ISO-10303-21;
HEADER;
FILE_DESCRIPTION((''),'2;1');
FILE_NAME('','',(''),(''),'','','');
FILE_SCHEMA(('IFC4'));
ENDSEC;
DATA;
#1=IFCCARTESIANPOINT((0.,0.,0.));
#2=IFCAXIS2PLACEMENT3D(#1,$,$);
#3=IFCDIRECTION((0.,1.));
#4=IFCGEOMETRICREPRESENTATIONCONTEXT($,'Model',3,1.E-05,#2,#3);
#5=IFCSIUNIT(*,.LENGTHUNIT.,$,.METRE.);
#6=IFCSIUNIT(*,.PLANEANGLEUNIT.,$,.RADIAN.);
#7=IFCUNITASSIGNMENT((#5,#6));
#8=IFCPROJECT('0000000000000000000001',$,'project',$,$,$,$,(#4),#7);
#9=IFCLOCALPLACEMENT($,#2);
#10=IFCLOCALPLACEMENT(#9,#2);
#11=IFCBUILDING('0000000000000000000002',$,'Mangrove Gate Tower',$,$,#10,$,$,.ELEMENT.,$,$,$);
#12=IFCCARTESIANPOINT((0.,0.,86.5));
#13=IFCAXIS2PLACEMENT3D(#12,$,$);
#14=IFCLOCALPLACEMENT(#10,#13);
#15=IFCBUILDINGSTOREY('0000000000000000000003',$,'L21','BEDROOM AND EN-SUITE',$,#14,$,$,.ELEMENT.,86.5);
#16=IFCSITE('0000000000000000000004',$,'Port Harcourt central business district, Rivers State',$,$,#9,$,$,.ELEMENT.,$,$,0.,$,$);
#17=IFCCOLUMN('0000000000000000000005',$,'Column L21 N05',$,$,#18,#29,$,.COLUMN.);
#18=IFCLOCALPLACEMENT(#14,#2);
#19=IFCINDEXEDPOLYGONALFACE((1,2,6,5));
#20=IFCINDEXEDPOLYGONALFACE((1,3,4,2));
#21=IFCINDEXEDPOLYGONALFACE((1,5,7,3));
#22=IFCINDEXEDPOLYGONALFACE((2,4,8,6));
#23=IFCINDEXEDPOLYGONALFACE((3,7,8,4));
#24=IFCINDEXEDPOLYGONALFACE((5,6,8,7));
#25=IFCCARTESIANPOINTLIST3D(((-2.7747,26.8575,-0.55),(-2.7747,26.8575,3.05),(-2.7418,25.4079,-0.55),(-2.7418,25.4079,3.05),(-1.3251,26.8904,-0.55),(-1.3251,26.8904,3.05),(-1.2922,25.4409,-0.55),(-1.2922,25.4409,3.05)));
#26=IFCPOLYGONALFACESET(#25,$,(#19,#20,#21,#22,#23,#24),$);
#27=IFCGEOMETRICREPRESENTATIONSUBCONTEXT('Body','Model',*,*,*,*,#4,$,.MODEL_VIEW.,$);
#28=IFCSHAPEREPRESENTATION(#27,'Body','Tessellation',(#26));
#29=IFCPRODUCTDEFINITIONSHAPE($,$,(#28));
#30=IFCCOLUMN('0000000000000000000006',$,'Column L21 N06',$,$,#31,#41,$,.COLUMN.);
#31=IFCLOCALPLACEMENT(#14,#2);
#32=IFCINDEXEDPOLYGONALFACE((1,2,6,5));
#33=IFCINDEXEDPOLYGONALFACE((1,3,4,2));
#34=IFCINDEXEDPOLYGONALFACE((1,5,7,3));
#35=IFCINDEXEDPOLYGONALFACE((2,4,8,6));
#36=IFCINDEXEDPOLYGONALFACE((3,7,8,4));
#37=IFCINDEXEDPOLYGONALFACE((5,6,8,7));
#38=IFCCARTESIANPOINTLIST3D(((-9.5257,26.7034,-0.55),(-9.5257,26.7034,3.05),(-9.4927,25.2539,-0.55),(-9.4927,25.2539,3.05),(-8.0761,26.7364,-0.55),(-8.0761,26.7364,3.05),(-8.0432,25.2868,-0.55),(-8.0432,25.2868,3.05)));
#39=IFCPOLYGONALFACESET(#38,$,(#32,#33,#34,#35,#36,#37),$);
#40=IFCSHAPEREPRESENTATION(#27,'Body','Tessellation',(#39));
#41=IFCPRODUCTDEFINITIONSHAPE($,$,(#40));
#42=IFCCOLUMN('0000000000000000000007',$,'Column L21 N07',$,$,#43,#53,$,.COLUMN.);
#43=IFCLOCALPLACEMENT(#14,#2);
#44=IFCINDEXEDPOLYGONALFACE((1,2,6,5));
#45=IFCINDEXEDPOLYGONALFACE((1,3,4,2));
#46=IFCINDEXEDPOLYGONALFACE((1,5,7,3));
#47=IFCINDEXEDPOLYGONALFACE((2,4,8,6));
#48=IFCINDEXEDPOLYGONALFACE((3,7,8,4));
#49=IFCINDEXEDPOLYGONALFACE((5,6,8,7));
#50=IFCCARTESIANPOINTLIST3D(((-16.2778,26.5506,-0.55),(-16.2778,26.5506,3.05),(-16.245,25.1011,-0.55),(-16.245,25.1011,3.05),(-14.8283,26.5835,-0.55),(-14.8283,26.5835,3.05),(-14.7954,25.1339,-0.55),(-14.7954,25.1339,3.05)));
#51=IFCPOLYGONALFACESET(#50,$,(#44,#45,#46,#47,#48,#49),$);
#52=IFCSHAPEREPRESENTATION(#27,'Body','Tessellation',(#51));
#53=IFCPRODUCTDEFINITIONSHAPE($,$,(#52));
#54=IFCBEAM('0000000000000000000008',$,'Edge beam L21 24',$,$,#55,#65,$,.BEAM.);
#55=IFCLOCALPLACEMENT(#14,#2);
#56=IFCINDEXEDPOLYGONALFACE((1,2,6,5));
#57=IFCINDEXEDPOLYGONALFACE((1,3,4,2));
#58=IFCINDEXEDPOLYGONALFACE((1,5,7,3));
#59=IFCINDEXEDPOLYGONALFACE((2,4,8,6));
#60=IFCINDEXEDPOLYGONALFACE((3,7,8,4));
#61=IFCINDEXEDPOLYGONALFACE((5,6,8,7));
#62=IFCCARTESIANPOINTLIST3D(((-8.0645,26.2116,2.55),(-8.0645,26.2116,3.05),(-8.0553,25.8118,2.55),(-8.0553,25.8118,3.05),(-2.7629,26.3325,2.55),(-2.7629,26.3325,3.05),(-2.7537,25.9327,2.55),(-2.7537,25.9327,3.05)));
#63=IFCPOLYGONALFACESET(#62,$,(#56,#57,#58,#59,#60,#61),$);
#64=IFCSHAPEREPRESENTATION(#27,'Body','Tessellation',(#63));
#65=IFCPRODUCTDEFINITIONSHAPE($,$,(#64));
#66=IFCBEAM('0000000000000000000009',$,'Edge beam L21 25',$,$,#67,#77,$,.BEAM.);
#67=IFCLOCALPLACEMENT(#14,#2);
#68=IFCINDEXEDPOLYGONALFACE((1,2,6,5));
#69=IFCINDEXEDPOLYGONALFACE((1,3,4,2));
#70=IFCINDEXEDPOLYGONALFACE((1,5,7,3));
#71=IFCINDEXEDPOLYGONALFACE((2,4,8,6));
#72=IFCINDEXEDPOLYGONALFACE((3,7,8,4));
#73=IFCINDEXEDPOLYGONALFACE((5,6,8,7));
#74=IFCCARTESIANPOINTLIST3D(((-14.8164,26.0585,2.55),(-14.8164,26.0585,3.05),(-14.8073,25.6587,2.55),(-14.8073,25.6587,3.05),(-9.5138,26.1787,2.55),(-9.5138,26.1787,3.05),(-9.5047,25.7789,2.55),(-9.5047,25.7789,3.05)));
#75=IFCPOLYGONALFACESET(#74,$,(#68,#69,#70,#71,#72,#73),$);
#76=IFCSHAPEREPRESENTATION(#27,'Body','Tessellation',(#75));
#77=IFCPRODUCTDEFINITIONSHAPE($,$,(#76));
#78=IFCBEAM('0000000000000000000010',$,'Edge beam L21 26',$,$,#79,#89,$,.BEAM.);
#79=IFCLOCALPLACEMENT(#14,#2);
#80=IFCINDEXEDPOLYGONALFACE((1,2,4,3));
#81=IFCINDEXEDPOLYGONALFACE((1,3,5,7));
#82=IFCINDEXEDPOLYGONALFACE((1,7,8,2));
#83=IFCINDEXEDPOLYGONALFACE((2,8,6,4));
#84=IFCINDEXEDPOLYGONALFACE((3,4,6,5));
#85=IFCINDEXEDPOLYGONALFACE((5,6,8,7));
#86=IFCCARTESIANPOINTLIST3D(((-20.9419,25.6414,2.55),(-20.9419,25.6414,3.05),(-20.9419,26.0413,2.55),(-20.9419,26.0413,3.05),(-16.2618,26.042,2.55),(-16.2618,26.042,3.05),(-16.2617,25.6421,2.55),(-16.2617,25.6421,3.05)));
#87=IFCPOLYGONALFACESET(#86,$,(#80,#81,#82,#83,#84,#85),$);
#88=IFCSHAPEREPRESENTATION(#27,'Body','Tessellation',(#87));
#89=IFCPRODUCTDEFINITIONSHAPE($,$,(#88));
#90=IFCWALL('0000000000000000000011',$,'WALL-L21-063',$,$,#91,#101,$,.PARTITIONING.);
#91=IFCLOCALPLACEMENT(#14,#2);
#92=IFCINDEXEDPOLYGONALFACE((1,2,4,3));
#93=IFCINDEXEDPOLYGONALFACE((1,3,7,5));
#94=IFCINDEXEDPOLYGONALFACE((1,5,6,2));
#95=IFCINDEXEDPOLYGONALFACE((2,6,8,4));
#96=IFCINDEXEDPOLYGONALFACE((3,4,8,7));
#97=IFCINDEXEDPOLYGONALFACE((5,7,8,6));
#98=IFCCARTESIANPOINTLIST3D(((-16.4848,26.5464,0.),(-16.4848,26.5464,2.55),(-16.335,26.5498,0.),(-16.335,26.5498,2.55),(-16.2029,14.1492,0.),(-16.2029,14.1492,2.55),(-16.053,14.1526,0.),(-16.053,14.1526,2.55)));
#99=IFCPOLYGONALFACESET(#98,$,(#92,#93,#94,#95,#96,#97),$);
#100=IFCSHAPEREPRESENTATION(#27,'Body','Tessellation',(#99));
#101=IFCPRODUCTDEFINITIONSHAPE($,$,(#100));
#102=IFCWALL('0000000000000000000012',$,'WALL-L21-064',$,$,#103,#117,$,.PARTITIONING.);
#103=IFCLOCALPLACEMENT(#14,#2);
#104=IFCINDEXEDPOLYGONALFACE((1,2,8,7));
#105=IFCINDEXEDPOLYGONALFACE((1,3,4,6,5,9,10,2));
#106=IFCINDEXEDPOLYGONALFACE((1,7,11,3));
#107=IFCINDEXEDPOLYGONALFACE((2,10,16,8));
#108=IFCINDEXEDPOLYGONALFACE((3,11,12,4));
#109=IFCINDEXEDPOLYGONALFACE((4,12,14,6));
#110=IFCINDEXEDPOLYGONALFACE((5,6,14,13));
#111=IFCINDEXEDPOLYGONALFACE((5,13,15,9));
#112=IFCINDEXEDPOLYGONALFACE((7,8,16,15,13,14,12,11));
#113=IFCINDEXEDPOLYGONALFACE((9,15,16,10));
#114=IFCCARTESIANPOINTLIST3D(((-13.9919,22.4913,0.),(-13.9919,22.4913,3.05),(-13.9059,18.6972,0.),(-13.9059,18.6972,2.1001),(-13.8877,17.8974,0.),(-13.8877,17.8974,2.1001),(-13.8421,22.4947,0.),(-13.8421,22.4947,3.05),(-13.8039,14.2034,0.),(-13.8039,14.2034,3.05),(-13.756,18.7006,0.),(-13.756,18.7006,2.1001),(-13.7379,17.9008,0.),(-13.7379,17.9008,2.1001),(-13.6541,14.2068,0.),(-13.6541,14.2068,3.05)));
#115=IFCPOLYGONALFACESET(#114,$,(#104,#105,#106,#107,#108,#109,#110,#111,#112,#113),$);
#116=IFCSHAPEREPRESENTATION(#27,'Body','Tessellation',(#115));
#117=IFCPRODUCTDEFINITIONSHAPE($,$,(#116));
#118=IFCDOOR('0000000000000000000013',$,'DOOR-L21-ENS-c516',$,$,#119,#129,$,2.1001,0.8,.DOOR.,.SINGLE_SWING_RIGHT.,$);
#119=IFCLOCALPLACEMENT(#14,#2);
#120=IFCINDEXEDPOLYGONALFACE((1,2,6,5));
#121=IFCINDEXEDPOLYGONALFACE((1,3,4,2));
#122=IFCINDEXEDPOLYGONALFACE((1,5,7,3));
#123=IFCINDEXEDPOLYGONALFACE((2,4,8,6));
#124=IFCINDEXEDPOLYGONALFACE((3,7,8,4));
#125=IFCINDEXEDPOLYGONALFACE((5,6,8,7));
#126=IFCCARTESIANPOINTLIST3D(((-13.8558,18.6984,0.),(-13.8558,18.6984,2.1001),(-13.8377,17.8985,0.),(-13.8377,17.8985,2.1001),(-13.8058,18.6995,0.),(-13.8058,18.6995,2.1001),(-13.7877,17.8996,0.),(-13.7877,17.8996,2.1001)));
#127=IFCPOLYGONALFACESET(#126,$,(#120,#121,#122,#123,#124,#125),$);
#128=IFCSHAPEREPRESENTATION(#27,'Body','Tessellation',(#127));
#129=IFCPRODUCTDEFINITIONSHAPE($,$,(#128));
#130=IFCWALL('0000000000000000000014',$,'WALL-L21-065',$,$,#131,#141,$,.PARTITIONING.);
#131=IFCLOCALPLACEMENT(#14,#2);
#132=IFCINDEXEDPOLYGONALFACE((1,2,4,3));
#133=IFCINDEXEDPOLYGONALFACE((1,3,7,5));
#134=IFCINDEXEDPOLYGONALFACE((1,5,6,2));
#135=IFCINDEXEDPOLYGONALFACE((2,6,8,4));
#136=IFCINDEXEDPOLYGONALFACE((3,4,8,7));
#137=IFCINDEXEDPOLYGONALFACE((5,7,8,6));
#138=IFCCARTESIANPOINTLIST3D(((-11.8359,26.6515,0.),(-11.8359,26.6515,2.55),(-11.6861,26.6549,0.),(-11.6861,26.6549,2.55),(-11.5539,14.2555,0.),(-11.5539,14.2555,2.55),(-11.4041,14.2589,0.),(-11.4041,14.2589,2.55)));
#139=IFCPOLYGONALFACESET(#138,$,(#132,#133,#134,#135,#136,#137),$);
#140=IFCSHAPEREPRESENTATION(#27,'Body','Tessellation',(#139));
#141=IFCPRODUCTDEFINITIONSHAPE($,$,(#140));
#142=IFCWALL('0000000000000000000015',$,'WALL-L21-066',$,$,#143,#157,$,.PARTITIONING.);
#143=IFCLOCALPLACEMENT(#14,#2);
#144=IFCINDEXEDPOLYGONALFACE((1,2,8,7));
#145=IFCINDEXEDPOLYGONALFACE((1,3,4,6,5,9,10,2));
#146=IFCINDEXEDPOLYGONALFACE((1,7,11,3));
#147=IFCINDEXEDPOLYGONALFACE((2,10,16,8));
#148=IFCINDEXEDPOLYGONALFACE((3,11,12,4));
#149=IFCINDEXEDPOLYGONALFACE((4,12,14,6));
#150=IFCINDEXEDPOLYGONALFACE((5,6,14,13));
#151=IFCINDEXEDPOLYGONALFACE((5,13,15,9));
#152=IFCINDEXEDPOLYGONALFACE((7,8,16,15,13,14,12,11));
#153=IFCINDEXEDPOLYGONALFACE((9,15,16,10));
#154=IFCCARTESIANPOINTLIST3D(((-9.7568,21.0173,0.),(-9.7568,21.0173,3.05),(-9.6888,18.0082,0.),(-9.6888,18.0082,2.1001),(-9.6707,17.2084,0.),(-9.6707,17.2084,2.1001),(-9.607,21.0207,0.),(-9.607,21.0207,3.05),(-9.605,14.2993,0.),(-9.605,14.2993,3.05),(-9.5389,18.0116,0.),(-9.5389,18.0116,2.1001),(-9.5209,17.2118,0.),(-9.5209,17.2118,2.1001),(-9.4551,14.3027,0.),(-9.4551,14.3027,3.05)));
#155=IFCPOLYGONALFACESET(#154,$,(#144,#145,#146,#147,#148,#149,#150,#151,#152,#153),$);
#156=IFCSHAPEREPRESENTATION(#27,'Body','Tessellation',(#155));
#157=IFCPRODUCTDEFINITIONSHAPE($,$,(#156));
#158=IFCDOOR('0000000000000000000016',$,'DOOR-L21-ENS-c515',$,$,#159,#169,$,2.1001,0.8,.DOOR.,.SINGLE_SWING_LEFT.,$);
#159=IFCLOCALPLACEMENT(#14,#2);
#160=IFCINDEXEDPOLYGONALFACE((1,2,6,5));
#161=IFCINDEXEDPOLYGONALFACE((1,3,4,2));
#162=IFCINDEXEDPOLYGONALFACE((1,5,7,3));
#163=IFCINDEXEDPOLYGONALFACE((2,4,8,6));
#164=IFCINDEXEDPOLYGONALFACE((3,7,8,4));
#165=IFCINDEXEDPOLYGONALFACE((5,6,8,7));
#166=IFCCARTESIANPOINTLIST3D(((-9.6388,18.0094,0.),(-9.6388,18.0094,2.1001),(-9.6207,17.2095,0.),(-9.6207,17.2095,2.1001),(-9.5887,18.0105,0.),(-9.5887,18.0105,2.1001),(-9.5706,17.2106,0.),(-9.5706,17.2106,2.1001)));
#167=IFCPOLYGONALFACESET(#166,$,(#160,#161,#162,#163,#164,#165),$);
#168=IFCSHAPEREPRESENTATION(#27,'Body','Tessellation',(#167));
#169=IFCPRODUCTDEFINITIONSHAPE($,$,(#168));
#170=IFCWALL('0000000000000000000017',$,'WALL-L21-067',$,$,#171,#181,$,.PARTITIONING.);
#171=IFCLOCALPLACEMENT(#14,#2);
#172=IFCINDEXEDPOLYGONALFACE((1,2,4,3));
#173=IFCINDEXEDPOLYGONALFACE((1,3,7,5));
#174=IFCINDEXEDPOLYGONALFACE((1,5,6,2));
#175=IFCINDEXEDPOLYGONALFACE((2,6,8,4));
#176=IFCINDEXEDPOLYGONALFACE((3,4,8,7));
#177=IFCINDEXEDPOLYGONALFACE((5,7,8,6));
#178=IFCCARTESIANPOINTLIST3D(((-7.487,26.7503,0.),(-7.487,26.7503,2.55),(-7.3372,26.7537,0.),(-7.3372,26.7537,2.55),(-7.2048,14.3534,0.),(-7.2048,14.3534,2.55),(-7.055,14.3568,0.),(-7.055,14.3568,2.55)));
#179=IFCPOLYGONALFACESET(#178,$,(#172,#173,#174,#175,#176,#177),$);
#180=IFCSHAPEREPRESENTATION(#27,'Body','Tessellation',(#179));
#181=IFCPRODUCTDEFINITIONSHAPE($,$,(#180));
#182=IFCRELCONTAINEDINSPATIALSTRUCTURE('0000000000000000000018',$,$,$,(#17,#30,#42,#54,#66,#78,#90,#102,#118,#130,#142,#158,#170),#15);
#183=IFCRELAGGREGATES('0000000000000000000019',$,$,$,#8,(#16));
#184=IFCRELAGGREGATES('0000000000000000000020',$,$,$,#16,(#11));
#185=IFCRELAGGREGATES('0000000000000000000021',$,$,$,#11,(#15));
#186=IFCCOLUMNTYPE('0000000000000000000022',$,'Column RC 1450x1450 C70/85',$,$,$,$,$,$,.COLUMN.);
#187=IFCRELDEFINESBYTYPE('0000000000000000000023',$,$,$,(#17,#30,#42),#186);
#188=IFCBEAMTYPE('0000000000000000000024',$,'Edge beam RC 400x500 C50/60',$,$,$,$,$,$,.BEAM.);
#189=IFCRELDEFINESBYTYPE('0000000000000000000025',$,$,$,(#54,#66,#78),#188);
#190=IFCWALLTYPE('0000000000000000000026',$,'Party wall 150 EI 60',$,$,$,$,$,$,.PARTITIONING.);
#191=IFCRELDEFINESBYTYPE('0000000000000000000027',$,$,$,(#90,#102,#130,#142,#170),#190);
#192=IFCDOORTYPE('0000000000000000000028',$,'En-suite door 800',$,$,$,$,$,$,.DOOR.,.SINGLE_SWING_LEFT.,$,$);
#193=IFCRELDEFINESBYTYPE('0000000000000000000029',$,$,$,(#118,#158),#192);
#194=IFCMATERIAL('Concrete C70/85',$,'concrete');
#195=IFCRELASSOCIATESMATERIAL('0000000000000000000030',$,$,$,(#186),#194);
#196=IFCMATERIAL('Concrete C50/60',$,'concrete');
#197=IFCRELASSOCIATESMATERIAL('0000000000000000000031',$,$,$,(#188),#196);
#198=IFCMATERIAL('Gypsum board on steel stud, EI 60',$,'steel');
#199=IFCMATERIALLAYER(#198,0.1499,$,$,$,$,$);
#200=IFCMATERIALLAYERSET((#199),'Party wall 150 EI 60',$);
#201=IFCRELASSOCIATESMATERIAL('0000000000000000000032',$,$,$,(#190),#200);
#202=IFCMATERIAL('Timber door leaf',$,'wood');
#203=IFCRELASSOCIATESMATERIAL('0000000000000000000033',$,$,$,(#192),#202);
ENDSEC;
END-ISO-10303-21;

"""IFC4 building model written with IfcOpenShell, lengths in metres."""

from ifc_helpers import new_model, si_unit, direction, frame, frame_2d, origin, origin_2d, place, context, subcontext, project, spatial, rectangle, extrude, material, layer, layer_set, material_profile, profile_set, type_object, element, fill, save


model = new_model("IFC4")

# Units and contexts
model_context = context("Model", 3, precision=1e-05, world=origin(), true_north=direction((0.0, 1.0)))
body_context = subcontext(model_context, "Body", "Model", "MODEL_VIEW")
ifc_project = project(units=[si_unit("LENGTHUNIT", "METRE"), si_unit("PLANEANGLEUNIT", "RADIAN")], contexts=[model_context])

# Site, building, storey
site_placement = place(None, origin())
site = spatial("IfcSite", under=ifc_project, at=site_placement, Name="Port Harcourt central business district, Rivers State", CompositionType="ELEMENT", RefElevation=0.0)
building_placement = place(site_placement, origin())
building = spatial("IfcBuilding", under=site, at=building_placement, Name="Mangrove Gate Tower", CompositionType="ELEMENT")
storey_placement = place(building_placement, frame((0.0, 0.0, 86.5)))
storey = spatial("IfcBuildingStorey", under=building, at=storey_placement, Name="L21", Description="BEDROOM AND EN-SUITE", CompositionType="ELEMENT", Elevation=86.5)

# Columns
ifc_material_1 = material(Name="Concrete C70/85", Category="concrete")
ifc_material_profile_1 = material_profile(ifc_material_1, rectangle(XDim=1.45, YDim=1.45, at=origin_2d()))
ifc_profile_set_1 = profile_set([ifc_material_profile_1], Name="Concrete C70/85")
column_type = type_object("IfcColumnType", Name="Column RC 1450x1450 C70/85", PredefinedType="COLUMN", material=ifc_profile_set_1)
for number, where, z_axis, x_axis, name in (
    (1, (-2.0334, 26.1492, -0.55), (0.0, 0.0, 1.0), (-0.999742, -0.02273, 0.0), "Column L21 N05"),
    (2, (-8.7844, 25.9951, -0.55), (0.0, 0.0, 1.0), (-0.999742, -0.02273, 0.0), "Column L21 N06"),
    (3, (-15.5366, 25.8423, -0.55), (0.0, 0.0, 1.0), (-0.999743, -0.022656, 0.0), "Column L21 N07"),
):
    element("IfcColumn", number, at=place(storey_placement, frame(where, z_axis=z_axis, x_axis=x_axis)), inside=storey, type_object=column_type, Name=name, PredefinedType="COLUMN", context=body_context, shape_type="SweptSolid", body=[
        extrude(rectangle(XDim=1.45, YDim=1.45, at=origin_2d()), origin(), (0.0, 0.0, 1.0), 3.6001),
    ])

# Beams
ifc_material_2 = material(Name="Concrete C50/60", Category="concrete")
ifc_material_profile_2 = material_profile(ifc_material_2, rectangle(XDim=0.3999, YDim=0.5, at=origin_2d()))
ifc_profile_set_2 = profile_set([ifc_material_profile_2], Name="Concrete C50/60")
beam_type = type_object("IfcBeamType", Name="Edge beam RC 400x500 C50/60", PredefinedType="BEAM", material=ifc_profile_set_2)
beam_1_placement = place(storey_placement, frame((-2.7583, 26.1326, 2.8), z_axis=(-0.99974, -0.022789, 0.0), x_axis=(0.022789, -0.99974, 0.0)))
element("IfcBeam", 4, at=beam_1_placement, inside=storey, type_object=beam_type, Name="Edge beam L21 24", PredefinedType="BEAM", context=body_context, shape_type="SweptSolid", body=[
    extrude(rectangle(XDim=0.3999, YDim=0.5, at=origin_2d()), origin(), (0.0, 0.0, 1.0), 5.303),
])
beam_2_placement = place(storey_placement, frame((-9.5093, 25.9788, 2.8), z_axis=(-0.999744, -0.022647, 0.0), x_axis=(0.022647, -0.999744, 0.0)))
element("IfcBeam", 5, at=beam_2_placement, inside=storey, type_object=beam_type, Name="Edge beam L21 25", PredefinedType="BEAM", context=body_context, shape_type="SweptSolid", body=[
    extrude(rectangle(XDim=0.3999, YDim=0.5, at=origin_2d()), origin(), (0.0, 0.0, 1.0), 5.304),
])
beam_3_placement = place(storey_placement, frame((-16.2617, 25.842, 2.8), z_axis=(-1.0, -0.000156, 0.0), x_axis=(0.000156, -1.0, 0.0)))
element("IfcBeam", 6, at=beam_3_placement, inside=storey, type_object=beam_type, Name="Edge beam L21 26", PredefinedType="BEAM", context=body_context, shape_type="SweptSolid", body=[
    extrude(rectangle(XDim=0.3999, YDim=0.5, at=origin_2d()), origin(), (0.0, 0.0, 1.0), 4.6802),
])

# Wall
ifc_material_3 = material(Name="Gypsum board on steel stud, EI 60", Category="steel")
ifc_layer = layer(ifc_material_3, 0.1499)
ifc_layer_set = layer_set([ifc_layer], Name="Party wall 150 EI 60")
wall_type = type_object("IfcWallType", Name="Party wall 150 EI 60", PredefinedType="PARTITIONING", material=ifc_layer_set)
wall_1_placement = place(storey_placement, frame((-16.1279, 14.1509, 0.0), z_axis=(0.0, 0.0, 1.0), x_axis=(-0.02274, 0.999741, 0.0)))
element("IfcWall", 7, at=wall_1_placement, inside=storey, type_object=wall_type, Name="WALL-L21-063", PredefinedType="PARTITIONING", context=body_context, shape_type="SweptSolid", body=[
    extrude(rectangle(XDim=12.4004, YDim=0.1499, at=frame_2d((6.2002, 0.0))), origin(), (0.0, 0.0, 1.0), 2.55),
])

# Wall, opening, door
wall_2_placement = place(storey_placement, frame((-13.729, 14.2051, 0.0), z_axis=(0.0, 0.0, 1.0), x_axis=(-0.022677, 0.999743, 0.0)))
wall_2 = element("IfcWall", 8, at=wall_2_placement, inside=storey, type_object=wall_type, Name="WALL-L21-064", PredefinedType="PARTITIONING", context=body_context, shape_type="SweptSolid", body=[
    extrude(rectangle(XDim=8.29, YDim=0.1499, at=frame_2d((4.145, 0.0))), origin(), (0.0, 0.0, 1.0), 3.05),
])
opening_1_placement = place(wall_2_placement, frame((3.6951, 0.0, 0.0)))
opening_1 = element("IfcOpeningElement", 9, at=opening_1_placement, cuts=wall_2, PredefinedType="OPENING", context=body_context, shape_type="SweptSolid", body=[
    extrude(rectangle(XDim=0.8, YDim=2.1001, at=frame_2d((0.3999, 1.05))), frame((0.0, 0.085, 0.0), z_axis=(0.0, -1.0, 0.0), x_axis=(1.0, 0.0, 0.0)), (0.0, 0.0, 1.0), 0.1699),
])
ifc_material_4 = material(Name="Timber door leaf", Category="wood")
door_type = type_object("IfcDoorType", Name="En-suite door 800", OperationType="SINGLE_SWING_LEFT", PredefinedType="DOOR", material=ifc_material_4)
door_1_placement = place(opening_1_placement, origin())
door_1 = element("IfcDoor", 10, at=door_1_placement, inside=storey, type_object=door_type, Name="DOOR-L21-ENS-c516", OperationType="SINGLE_SWING_RIGHT", OverallHeight=2.1001, OverallWidth=0.8, PredefinedType="DOOR", context=body_context, shape_type="SweptSolid", body=[
    extrude(rectangle(XDim=0.8, YDim=2.1001, at=frame_2d((0.3999, 1.05))), frame((0.0, 0.0249, 0.0), z_axis=(0.0, -1.0, 0.0), x_axis=(1.0, 0.0, 0.0)), (0.0, 0.0, 1.0), 0.05),
])
fill(opening_1, door_1)

# Wall
wall_3_placement = place(storey_placement, frame((-11.479, 14.2571, 0.0), z_axis=(0.0, 0.0, 1.0), x_axis=(-0.022742, 0.999741, 0.0)))
element("IfcWall", 11, at=wall_3_placement, inside=storey, type_object=wall_type, Name="WALL-L21-065", PredefinedType="PARTITIONING", context=body_context, shape_type="SweptSolid", body=[
    extrude(rectangle(XDim=12.3992, YDim=0.1499, at=frame_2d((6.1997, 0.0))), origin(), (0.0, 0.0, 1.0), 2.55),
])

# Wall, opening, door
wall_4_placement = place(storey_placement, frame((-9.53, 14.301, 0.0), z_axis=(0.0, 0.0, 1.0), x_axis=(-0.022598, 0.999745, 0.0)))
wall_4 = element("IfcWall", 12, at=wall_4_placement, inside=storey, type_object=wall_type, Name="WALL-L21-066", PredefinedType="PARTITIONING", context=body_context, shape_type="SweptSolid", body=[
    extrude(rectangle(XDim=6.7197, YDim=0.1499, at=frame_2d((3.3599, 0.0))), origin(), (0.0, 0.0, 1.0), 3.05),
])
opening_2_placement = place(wall_4_placement, frame((2.9099, 0.0, 0.0)))
opening_2 = element("IfcOpeningElement", 13, at=opening_2_placement, cuts=wall_4, PredefinedType="OPENING", context=body_context, shape_type="SweptSolid", body=[
    extrude(rectangle(XDim=0.8, YDim=2.1001, at=frame_2d((0.3999, 1.05))), frame((0.0, 0.085, 0.0), z_axis=(0.0, -1.0, 0.0), x_axis=(1.0, 0.0, 0.0)), (0.0, 0.0, 1.0), 0.1699),
])
door_2_placement = place(opening_2_placement, origin())
door_2 = element("IfcDoor", 14, at=door_2_placement, inside=storey, type_object=door_type, Name="DOOR-L21-ENS-c515", OperationType="SINGLE_SWING_LEFT", OverallHeight=2.1001, OverallWidth=0.8, PredefinedType="DOOR", context=body_context, shape_type="SweptSolid", body=[
    extrude(rectangle(XDim=0.8, YDim=2.1001, at=frame_2d((0.3999, 1.05))), frame((0.0, 0.0249, 0.0), z_axis=(0.0, -1.0, 0.0), x_axis=(1.0, 0.0, 0.0)), (0.0, 0.0, 1.0), 0.05),
])
fill(opening_2, door_2)

# Wall
wall_5_placement = place(storey_placement, frame((-7.1299, 14.355, 0.0), z_axis=(0.0, 0.0, 1.0), x_axis=(-0.02276, 0.999741, 0.0)))
element("IfcWall", 15, at=wall_5_placement, inside=storey, type_object=wall_type, Name="WALL-L21-067", PredefinedType="PARTITIONING", context=body_context, shape_type="SweptSolid", body=[
    extrude(rectangle(XDim=12.4001, YDim=0.1499, at=frame_2d((6.2002, 0.0))), origin(), (0.0, 0.0, 1.0), 2.55),
])

save(model, "model.ifc")
